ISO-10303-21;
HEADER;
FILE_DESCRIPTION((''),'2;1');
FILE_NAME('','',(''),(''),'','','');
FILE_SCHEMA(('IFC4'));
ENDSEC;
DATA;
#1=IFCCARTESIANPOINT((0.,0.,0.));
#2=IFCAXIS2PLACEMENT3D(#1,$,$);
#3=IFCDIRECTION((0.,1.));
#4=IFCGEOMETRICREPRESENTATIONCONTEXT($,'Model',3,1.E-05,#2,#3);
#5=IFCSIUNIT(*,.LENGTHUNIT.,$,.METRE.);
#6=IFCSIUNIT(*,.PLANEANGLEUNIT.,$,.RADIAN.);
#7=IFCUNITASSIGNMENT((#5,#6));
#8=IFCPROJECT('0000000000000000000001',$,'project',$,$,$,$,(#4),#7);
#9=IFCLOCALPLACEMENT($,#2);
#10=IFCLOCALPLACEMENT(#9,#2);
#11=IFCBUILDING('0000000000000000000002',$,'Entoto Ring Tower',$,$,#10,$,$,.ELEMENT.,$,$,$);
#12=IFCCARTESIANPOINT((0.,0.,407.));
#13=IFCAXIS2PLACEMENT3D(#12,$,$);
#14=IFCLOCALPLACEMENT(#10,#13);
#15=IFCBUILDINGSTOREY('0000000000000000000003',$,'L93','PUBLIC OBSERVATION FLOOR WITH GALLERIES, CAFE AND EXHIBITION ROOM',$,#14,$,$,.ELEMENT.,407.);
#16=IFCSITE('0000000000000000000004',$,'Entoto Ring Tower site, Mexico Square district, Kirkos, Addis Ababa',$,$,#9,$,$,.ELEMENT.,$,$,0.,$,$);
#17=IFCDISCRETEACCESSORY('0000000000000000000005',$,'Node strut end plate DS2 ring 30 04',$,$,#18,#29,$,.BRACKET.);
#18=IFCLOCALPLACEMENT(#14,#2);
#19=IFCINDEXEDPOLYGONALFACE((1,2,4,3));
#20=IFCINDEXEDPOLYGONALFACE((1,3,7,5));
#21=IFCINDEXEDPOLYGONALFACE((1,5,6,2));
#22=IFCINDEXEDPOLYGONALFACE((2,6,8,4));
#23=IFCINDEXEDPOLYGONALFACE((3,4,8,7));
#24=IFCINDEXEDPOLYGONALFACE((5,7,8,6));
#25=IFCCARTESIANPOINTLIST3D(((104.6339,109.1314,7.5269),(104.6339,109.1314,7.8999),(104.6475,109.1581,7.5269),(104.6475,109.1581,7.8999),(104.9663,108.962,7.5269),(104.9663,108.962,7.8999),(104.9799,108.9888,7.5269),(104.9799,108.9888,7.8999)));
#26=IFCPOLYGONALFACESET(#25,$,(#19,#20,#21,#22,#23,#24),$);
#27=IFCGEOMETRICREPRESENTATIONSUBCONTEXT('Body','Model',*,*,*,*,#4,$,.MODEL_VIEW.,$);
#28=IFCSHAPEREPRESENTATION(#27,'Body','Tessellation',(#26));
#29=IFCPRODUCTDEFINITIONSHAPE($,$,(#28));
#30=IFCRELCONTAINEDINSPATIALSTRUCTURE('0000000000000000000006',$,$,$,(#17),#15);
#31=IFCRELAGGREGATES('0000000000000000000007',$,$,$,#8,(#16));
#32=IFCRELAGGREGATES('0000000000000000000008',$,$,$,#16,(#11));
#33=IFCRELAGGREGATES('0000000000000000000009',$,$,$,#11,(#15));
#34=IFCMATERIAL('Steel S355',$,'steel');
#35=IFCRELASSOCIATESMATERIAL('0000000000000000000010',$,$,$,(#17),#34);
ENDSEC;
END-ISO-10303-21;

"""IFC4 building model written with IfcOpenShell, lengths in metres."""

from ifc_helpers import new_model, si_unit, direction, frame, origin, origin_2d, place, context, subcontext, project, spatial, rectangle, extrude, material, element, save


model = new_model("IFC4")

# Units and contexts
model_context = context("Model", 3, precision=1e-05, world=origin(), true_north=direction((0.0, 1.0)))
body_context = subcontext(model_context, "Body", "Model", "MODEL_VIEW")
ifc_project = project(units=[si_unit("LENGTHUNIT", "METRE"), si_unit("PLANEANGLEUNIT", "RADIAN")], contexts=[model_context])

# Site, building, storey
site_placement = place(None, origin())
site = spatial("IfcSite", under=ifc_project, at=site_placement, Name="Entoto Ring Tower site, Mexico Square district, Kirkos, Addis Ababa", CompositionType="ELEMENT", RefElevation=0.0)
building_placement = place(site_placement, origin())
building = spatial("IfcBuilding", under=site, at=building_placement, Name="Entoto Ring Tower", CompositionType="ELEMENT")
storey_placement = place(building_placement, frame((0.0, 0.0, 407.0)))
storey = spatial("IfcBuildingStorey", under=building, at=storey_placement, Name="L93", Description="PUBLIC OBSERVATION FLOOR WITH GALLERIES, CAFE AND EXHIBITION ROOM", CompositionType="ELEMENT", Elevation=407.0)

# Discrete accessory
ifc_material_1 = material(Name="Steel S355", Category="steel")
for number, where, z_axis, x_axis, name in (
    (1, (104.8069, 109.0601, 7.5269), (0.0, 0.0, 1.0), (0.45399, 0.891007, 0.0), "Node strut end plate DS2 ring 30 04"),
):
    element("IfcDiscreteAccessory", number, at=place(storey_placement, frame(where, z_axis=z_axis, x_axis=x_axis)), inside=storey, material=ifc_material_1, Name=name, PredefinedType="BRACKET", context=body_context, shape_type="SweptSolid", body=[
        extrude(rectangle(XDim=0.03, YDim=0.373, at=origin_2d()), origin(), (0.0, 0.0, 1.0), 0.373),
    ])

save(model, "model.ifc")
